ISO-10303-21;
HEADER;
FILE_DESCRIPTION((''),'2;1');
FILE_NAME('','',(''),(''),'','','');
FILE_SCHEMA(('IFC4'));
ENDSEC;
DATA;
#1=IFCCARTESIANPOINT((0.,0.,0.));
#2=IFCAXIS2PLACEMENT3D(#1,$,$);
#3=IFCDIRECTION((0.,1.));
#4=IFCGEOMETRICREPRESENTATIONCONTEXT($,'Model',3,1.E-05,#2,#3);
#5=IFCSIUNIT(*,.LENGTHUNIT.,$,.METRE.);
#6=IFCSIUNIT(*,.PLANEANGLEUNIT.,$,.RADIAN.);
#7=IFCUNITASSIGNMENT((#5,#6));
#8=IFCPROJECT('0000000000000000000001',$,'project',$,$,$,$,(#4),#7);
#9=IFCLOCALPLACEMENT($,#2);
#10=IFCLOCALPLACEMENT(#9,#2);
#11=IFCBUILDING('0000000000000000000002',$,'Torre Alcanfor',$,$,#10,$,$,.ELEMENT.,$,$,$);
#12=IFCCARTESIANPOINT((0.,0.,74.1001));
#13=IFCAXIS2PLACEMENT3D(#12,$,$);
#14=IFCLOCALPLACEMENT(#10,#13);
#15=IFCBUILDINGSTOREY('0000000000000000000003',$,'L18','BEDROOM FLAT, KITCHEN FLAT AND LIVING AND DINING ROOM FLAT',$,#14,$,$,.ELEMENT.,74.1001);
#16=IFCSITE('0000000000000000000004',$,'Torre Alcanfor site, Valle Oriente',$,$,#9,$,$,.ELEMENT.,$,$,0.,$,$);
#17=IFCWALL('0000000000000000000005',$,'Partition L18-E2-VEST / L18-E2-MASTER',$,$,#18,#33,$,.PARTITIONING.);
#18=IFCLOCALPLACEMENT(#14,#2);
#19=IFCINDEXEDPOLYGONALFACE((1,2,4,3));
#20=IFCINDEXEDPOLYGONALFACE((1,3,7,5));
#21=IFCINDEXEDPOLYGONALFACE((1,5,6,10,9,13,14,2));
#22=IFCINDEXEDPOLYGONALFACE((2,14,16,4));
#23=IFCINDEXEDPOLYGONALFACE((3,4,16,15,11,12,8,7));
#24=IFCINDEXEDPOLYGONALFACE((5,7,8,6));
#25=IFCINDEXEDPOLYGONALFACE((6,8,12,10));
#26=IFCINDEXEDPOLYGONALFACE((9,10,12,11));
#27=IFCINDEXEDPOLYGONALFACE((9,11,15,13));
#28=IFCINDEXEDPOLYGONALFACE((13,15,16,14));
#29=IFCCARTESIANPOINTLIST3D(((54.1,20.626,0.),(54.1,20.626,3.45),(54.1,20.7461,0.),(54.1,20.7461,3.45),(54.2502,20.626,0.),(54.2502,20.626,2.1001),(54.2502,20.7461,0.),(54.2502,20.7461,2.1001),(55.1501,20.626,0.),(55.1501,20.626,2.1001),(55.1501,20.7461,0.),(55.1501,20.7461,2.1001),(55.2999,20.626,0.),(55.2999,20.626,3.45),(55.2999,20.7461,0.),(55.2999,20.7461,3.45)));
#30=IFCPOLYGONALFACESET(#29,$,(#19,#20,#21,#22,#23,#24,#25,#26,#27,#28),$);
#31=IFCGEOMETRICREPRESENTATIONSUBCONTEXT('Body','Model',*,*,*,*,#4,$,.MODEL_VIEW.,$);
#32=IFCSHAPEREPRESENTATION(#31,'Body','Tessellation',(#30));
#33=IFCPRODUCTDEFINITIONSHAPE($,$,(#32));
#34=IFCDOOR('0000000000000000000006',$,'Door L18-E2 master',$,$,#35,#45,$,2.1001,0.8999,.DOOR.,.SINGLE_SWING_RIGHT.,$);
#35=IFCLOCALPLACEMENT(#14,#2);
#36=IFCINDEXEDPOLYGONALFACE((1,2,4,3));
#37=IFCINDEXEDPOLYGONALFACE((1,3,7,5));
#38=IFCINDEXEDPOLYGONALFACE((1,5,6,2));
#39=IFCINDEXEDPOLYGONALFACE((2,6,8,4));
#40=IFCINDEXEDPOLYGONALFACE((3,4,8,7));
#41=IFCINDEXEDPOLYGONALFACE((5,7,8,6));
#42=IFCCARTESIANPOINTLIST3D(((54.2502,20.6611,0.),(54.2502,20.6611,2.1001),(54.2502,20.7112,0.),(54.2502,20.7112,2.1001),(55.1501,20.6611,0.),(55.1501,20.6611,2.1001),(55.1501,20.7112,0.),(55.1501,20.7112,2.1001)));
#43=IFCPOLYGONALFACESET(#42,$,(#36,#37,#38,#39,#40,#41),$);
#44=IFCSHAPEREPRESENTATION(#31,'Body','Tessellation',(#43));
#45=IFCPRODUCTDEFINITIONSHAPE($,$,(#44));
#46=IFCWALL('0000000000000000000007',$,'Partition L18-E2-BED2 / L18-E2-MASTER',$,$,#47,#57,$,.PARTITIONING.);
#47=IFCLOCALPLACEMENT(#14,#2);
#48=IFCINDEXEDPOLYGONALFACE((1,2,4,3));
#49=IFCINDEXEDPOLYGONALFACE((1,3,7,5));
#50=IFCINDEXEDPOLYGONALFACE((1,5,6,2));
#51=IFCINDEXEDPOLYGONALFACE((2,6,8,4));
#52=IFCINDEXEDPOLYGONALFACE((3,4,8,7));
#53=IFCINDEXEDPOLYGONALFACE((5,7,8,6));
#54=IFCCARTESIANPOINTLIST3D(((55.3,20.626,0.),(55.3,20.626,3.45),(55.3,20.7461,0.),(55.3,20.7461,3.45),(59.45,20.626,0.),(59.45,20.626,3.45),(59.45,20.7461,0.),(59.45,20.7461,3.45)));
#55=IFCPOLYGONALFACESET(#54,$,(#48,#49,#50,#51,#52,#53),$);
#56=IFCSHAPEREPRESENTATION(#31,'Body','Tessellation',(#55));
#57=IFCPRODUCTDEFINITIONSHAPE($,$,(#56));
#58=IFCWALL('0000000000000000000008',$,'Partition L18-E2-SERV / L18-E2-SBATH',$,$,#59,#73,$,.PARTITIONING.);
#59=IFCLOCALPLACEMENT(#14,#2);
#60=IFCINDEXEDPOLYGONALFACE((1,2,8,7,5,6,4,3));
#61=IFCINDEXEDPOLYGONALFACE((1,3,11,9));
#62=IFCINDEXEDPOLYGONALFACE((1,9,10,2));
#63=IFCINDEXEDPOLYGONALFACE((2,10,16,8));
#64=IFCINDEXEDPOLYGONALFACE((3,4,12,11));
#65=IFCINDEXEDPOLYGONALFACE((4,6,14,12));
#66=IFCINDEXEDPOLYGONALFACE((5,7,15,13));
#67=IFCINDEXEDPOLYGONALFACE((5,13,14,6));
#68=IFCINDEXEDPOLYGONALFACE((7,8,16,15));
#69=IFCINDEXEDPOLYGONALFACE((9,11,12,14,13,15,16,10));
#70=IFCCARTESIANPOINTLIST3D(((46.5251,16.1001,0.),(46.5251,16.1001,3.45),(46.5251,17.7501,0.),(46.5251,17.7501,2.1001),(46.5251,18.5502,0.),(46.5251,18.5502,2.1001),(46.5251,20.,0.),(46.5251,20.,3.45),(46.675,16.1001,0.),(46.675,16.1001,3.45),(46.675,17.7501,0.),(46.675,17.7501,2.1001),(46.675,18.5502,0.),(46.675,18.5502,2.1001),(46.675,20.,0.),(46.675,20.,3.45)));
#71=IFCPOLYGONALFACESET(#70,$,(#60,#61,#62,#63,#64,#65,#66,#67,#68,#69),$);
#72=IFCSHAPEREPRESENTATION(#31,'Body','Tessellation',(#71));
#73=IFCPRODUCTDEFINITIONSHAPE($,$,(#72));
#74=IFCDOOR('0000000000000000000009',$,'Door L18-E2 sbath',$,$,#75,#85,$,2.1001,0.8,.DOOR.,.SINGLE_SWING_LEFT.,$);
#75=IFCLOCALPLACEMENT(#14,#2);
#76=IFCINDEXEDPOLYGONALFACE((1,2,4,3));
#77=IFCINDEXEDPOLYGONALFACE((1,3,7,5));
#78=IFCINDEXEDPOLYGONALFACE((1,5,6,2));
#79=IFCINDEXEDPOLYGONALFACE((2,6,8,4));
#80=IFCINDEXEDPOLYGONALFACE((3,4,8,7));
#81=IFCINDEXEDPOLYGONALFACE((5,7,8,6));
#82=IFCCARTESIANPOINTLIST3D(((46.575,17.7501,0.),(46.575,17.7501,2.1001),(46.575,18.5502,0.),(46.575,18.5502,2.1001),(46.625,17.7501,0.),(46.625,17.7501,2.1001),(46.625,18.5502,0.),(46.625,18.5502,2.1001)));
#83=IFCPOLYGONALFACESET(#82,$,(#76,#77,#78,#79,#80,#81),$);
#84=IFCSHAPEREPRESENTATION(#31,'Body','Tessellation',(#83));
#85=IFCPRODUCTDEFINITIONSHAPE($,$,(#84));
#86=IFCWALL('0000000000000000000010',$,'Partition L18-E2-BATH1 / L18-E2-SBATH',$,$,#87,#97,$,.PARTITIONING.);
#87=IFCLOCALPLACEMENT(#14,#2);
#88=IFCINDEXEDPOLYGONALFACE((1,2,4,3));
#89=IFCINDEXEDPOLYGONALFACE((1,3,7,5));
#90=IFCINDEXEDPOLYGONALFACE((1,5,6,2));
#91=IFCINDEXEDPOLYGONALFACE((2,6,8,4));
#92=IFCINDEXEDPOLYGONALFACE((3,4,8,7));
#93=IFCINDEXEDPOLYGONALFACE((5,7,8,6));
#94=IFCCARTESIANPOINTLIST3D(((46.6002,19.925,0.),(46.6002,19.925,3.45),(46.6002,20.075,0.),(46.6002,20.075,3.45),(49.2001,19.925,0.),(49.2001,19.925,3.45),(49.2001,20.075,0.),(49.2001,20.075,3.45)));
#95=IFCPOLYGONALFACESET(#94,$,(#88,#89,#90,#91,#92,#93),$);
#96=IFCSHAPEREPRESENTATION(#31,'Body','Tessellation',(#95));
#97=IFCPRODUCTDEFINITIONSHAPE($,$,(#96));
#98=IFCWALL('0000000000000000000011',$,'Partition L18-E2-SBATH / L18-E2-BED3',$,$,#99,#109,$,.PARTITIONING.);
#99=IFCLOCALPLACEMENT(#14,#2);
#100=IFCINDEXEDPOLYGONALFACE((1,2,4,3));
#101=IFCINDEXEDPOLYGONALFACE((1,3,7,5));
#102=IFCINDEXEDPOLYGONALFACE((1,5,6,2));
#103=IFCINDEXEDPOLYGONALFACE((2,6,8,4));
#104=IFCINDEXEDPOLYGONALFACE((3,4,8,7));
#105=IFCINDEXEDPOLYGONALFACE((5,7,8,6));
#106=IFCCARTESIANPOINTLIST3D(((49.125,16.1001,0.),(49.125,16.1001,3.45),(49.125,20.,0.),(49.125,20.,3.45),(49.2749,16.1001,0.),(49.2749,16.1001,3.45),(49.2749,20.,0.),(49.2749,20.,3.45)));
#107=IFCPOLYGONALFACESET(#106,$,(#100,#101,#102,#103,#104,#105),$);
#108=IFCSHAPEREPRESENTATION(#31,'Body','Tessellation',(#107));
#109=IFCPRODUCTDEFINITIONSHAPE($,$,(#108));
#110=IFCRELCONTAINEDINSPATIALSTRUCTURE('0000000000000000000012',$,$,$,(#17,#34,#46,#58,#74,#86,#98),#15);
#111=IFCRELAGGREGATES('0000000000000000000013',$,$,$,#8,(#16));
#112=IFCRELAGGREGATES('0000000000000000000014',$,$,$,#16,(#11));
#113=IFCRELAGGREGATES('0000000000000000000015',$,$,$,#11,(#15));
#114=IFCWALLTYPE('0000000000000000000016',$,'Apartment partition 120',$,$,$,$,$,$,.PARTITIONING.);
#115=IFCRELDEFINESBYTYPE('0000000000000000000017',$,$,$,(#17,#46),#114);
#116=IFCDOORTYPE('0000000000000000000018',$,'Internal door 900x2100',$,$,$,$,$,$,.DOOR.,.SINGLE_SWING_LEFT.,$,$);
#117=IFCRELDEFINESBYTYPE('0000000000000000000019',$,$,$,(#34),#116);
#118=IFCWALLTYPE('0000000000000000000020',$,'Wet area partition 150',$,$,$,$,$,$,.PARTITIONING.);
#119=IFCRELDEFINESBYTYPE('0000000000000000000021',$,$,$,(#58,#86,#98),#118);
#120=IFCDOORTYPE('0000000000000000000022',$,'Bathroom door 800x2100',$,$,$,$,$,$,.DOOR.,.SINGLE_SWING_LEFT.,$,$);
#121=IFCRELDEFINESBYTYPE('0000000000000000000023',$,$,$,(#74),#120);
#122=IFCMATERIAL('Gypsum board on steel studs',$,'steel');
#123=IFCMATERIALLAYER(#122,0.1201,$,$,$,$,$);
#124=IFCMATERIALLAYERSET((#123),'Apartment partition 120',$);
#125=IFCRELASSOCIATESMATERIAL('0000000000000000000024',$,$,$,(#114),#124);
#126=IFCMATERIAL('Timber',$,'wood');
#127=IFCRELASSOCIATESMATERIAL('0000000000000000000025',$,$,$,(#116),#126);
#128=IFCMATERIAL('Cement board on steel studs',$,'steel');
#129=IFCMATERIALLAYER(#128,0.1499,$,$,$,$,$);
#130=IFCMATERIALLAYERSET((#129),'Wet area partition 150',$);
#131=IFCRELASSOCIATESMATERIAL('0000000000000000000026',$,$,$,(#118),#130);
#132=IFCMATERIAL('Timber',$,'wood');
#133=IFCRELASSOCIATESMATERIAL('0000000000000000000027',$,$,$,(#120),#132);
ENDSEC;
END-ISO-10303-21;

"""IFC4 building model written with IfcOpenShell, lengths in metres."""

from ifc_helpers import new_model, si_unit, direction, frame, frame_2d, origin, place, context, subcontext, project, spatial, rectangle, extrude, material, layer, layer_set, type_object, element, fill, save


model = new_model("IFC4")

# Units and contexts
model_context = context("Model", 3, precision=1e-05, world=origin(), true_north=direction((0.0, 1.0)))
body_context = subcontext(model_context, "Body", "Model", "MODEL_VIEW")
ifc_project = project(units=[si_unit("LENGTHUNIT", "METRE"), si_unit("PLANEANGLEUNIT", "RADIAN")], contexts=[model_context])

# Site, building, storey
site_placement = place(None, origin())
site = spatial("IfcSite", under=ifc_project, at=site_placement, Name="Torre Alcanfor site, Valle Oriente", CompositionType="ELEMENT", RefElevation=0.0)
building_placement = place(site_placement, origin())
building = spatial("IfcBuilding", under=site, at=building_placement, Name="Torre Alcanfor", CompositionType="ELEMENT")
storey_placement = place(building_placement, frame((0.0, 0.0, 74.1001)))
storey = spatial("IfcBuildingStorey", under=building, at=storey_placement, Name="L18", Description="BEDROOM FLAT, KITCHEN FLAT AND LIVING AND DINING ROOM FLAT", CompositionType="ELEMENT", Elevation=74.1001)

# Shared definitions
ifc_material_1 = material(Name="Gypsum board on steel studs", Category="steel")
ifc_layer_1 = layer(ifc_material_1, 0.1201)
ifc_layer_set_1 = layer_set([ifc_layer_1], Name="Apartment partition 120")
wall_type_1 = type_object("IfcWallType", Name="Apartment partition 120", PredefinedType="PARTITIONING", material=ifc_layer_set_1)

# Wall, opening, door
wall_1_placement = place(storey_placement, frame((55.3, 20.686, 0.0), z_axis=(0.0, 0.0, 1.0), x_axis=(-1.0, 0.0, 0.0)))
wall_1 = element("IfcWall", 1, at=wall_1_placement, inside=storey, type_object=wall_type_1, Name="Partition L18-E2-VEST / L18-E2-MASTER", PredefinedType="PARTITIONING", context=body_context, shape_type="SweptSolid", body=[
    extrude(rectangle(XDim=1.2, YDim=0.1201, at=frame_2d((0.6001, 0.0))), origin(), (0.0, 0.0, 1.0), 3.45),
])
opening_1_placement = place(wall_1_placement, frame((0.1499, 0.0, 0.0)))
opening_1 = element("IfcOpeningElement", 2, at=opening_1_placement, cuts=wall_1, PredefinedType="OPENING", context=body_context, shape_type="SweptSolid", body=[
    extrude(rectangle(XDim=0.8999, YDim=2.1001, at=frame_2d((0.45, 1.05))), frame((0.0, 0.0701, 0.0), z_axis=(0.0, -1.0, 0.0), x_axis=(1.0, 0.0, 0.0)), (0.0, 0.0, 1.0), 0.1401),
])
ifc_material_2 = material(Name="Timber", Category="wood")
door_type_1 = type_object("IfcDoorType", Name="Internal door 900x2100", OperationType="SINGLE_SWING_LEFT", PredefinedType="DOOR", material=ifc_material_2)
door_1_placement = place(opening_1_placement, frame((0.8999, 0.0, 0.0), z_axis=(0.0, 0.0, 1.0), x_axis=(-1.0, 0.0, 0.0)))
door_1 = element("IfcDoor", 3, at=door_1_placement, inside=storey, type_object=door_type_1, Name="Door L18-E2 master", OperationType="SINGLE_SWING_RIGHT", OverallHeight=2.1001, OverallWidth=0.8999, PredefinedType="DOOR", context=body_context, shape_type="SweptSolid", body=[
    extrude(rectangle(XDim=0.8999, YDim=2.1001, at=frame_2d((0.45, 1.05))), frame((0.0, 0.0251, 0.0), z_axis=(0.0, -1.0, 0.0), x_axis=(1.0, 0.0, 0.0)), (0.0, 0.0, 1.0), 0.05),
])
fill(opening_1, door_1)

# Wall
wall_2_placement = place(storey_placement, frame((59.45, 20.686, 0.0), z_axis=(0.0, 0.0, 1.0), x_axis=(-1.0, 0.0, 0.0)))
element("IfcWall", 4, at=wall_2_placement, inside=storey, type_object=wall_type_1, Name="Partition L18-E2-BED2 / L18-E2-MASTER", PredefinedType="PARTITIONING", context=body_context, shape_type="SweptSolid", body=[
    extrude(rectangle(XDim=4.1499, YDim=0.1201, at=frame_2d((2.075, 0.0))), origin(), (0.0, 0.0, 1.0), 3.45),
])

# Wall, opening, door
ifc_material_3 = material(Name="Cement board on steel studs", Category="steel")
ifc_layer_2 = layer(ifc_material_3, 0.1499)
ifc_layer_set_2 = layer_set([ifc_layer_2], Name="Wet area partition 150")
wall_type_2 = type_object("IfcWallType", Name="Wet area partition 150", PredefinedType="PARTITIONING", material=ifc_layer_set_2)
wall_3_placement = place(storey_placement, frame((46.6001, 20.0, 0.0), z_axis=(0.0, 0.0, 1.0), x_axis=(0.0, -1.0, 0.0)))
wall_3 = element("IfcWall", 5, at=wall_3_placement, inside=storey, type_object=wall_type_2, Name="Partition L18-E2-SERV / L18-E2-SBATH", PredefinedType="PARTITIONING", context=body_context, shape_type="SweptSolid", body=[
    extrude(rectangle(XDim=3.8999, YDim=0.1499, at=frame_2d((1.95, 0.0))), origin(), (0.0, 0.0, 1.0), 3.45),
])
opening_2_placement = place(wall_3_placement, frame((1.45, 0.0, 0.0)))
opening_2 = element("IfcOpeningElement", 6, at=opening_2_placement, cuts=wall_3, PredefinedType="OPENING", context=body_context, shape_type="SweptSolid", body=[
    extrude(rectangle(XDim=0.8, YDim=2.1001, at=frame_2d((0.3999, 1.05))), frame((0.0, 0.085, 0.0), z_axis=(0.0, -1.0, 0.0), x_axis=(1.0, 0.0, 0.0)), (0.0, 0.0, 1.0), 0.1699),
])
ifc_material_4 = material(Name="Timber", Category="wood")
door_type_2 = type_object("IfcDoorType", Name="Bathroom door 800x2100", OperationType="SINGLE_SWING_LEFT", PredefinedType="DOOR", material=ifc_material_4)
door_2_placement = place(opening_2_placement, origin())
door_2 = element("IfcDoor", 7, at=door_2_placement, inside=storey, type_object=door_type_2, Name="Door L18-E2 sbath", OperationType="SINGLE_SWING_LEFT", OverallHeight=2.1001, OverallWidth=0.8, PredefinedType="DOOR", context=body_context, shape_type="SweptSolid", body=[
    extrude(rectangle(XDim=0.8, YDim=2.1001, at=frame_2d((0.3999, 1.05))), frame((0.0, 0.0249, 0.0), z_axis=(0.0, -1.0, 0.0), x_axis=(1.0, 0.0, 0.0)), (0.0, 0.0, 1.0), 0.05),
])
fill(opening_2, door_2)

# Walls
wall_4_placement = place(storey_placement, frame((49.2, 20.0, 0.0), z_axis=(0.0, 0.0, 1.0), x_axis=(-1.0, 0.0, 0.0)))
element("IfcWall", 8, at=wall_4_placement, inside=storey, type_object=wall_type_2, Name="Partition L18-E2-BATH1 / L18-E2-SBATH", PredefinedType="PARTITIONING", context=body_context, shape_type="SweptSolid", body=[
    extrude(rectangle(XDim=2.5999, YDim=0.1499, at=frame_2d((1.2998, 0.0))), origin(), (0.0, 0.0, 1.0), 3.45),
])
wall_5_placement = place(storey_placement, frame((49.2, 20.0, 0.0), z_axis=(0.0, 0.0, 1.0), x_axis=(0.0, -1.0, 0.0)))
element("IfcWall", 9, at=wall_5_placement, inside=storey, type_object=wall_type_2, Name="Partition L18-E2-SBATH / L18-E2-BED3", PredefinedType="PARTITIONING", context=body_context, shape_type="SweptSolid", body=[
    extrude(rectangle(XDim=3.8999, YDim=0.1499, at=frame_2d((1.95, 0.0))), origin(), (0.0, 0.0, 1.0), 3.45),
])

save(model, "model.ifc")
